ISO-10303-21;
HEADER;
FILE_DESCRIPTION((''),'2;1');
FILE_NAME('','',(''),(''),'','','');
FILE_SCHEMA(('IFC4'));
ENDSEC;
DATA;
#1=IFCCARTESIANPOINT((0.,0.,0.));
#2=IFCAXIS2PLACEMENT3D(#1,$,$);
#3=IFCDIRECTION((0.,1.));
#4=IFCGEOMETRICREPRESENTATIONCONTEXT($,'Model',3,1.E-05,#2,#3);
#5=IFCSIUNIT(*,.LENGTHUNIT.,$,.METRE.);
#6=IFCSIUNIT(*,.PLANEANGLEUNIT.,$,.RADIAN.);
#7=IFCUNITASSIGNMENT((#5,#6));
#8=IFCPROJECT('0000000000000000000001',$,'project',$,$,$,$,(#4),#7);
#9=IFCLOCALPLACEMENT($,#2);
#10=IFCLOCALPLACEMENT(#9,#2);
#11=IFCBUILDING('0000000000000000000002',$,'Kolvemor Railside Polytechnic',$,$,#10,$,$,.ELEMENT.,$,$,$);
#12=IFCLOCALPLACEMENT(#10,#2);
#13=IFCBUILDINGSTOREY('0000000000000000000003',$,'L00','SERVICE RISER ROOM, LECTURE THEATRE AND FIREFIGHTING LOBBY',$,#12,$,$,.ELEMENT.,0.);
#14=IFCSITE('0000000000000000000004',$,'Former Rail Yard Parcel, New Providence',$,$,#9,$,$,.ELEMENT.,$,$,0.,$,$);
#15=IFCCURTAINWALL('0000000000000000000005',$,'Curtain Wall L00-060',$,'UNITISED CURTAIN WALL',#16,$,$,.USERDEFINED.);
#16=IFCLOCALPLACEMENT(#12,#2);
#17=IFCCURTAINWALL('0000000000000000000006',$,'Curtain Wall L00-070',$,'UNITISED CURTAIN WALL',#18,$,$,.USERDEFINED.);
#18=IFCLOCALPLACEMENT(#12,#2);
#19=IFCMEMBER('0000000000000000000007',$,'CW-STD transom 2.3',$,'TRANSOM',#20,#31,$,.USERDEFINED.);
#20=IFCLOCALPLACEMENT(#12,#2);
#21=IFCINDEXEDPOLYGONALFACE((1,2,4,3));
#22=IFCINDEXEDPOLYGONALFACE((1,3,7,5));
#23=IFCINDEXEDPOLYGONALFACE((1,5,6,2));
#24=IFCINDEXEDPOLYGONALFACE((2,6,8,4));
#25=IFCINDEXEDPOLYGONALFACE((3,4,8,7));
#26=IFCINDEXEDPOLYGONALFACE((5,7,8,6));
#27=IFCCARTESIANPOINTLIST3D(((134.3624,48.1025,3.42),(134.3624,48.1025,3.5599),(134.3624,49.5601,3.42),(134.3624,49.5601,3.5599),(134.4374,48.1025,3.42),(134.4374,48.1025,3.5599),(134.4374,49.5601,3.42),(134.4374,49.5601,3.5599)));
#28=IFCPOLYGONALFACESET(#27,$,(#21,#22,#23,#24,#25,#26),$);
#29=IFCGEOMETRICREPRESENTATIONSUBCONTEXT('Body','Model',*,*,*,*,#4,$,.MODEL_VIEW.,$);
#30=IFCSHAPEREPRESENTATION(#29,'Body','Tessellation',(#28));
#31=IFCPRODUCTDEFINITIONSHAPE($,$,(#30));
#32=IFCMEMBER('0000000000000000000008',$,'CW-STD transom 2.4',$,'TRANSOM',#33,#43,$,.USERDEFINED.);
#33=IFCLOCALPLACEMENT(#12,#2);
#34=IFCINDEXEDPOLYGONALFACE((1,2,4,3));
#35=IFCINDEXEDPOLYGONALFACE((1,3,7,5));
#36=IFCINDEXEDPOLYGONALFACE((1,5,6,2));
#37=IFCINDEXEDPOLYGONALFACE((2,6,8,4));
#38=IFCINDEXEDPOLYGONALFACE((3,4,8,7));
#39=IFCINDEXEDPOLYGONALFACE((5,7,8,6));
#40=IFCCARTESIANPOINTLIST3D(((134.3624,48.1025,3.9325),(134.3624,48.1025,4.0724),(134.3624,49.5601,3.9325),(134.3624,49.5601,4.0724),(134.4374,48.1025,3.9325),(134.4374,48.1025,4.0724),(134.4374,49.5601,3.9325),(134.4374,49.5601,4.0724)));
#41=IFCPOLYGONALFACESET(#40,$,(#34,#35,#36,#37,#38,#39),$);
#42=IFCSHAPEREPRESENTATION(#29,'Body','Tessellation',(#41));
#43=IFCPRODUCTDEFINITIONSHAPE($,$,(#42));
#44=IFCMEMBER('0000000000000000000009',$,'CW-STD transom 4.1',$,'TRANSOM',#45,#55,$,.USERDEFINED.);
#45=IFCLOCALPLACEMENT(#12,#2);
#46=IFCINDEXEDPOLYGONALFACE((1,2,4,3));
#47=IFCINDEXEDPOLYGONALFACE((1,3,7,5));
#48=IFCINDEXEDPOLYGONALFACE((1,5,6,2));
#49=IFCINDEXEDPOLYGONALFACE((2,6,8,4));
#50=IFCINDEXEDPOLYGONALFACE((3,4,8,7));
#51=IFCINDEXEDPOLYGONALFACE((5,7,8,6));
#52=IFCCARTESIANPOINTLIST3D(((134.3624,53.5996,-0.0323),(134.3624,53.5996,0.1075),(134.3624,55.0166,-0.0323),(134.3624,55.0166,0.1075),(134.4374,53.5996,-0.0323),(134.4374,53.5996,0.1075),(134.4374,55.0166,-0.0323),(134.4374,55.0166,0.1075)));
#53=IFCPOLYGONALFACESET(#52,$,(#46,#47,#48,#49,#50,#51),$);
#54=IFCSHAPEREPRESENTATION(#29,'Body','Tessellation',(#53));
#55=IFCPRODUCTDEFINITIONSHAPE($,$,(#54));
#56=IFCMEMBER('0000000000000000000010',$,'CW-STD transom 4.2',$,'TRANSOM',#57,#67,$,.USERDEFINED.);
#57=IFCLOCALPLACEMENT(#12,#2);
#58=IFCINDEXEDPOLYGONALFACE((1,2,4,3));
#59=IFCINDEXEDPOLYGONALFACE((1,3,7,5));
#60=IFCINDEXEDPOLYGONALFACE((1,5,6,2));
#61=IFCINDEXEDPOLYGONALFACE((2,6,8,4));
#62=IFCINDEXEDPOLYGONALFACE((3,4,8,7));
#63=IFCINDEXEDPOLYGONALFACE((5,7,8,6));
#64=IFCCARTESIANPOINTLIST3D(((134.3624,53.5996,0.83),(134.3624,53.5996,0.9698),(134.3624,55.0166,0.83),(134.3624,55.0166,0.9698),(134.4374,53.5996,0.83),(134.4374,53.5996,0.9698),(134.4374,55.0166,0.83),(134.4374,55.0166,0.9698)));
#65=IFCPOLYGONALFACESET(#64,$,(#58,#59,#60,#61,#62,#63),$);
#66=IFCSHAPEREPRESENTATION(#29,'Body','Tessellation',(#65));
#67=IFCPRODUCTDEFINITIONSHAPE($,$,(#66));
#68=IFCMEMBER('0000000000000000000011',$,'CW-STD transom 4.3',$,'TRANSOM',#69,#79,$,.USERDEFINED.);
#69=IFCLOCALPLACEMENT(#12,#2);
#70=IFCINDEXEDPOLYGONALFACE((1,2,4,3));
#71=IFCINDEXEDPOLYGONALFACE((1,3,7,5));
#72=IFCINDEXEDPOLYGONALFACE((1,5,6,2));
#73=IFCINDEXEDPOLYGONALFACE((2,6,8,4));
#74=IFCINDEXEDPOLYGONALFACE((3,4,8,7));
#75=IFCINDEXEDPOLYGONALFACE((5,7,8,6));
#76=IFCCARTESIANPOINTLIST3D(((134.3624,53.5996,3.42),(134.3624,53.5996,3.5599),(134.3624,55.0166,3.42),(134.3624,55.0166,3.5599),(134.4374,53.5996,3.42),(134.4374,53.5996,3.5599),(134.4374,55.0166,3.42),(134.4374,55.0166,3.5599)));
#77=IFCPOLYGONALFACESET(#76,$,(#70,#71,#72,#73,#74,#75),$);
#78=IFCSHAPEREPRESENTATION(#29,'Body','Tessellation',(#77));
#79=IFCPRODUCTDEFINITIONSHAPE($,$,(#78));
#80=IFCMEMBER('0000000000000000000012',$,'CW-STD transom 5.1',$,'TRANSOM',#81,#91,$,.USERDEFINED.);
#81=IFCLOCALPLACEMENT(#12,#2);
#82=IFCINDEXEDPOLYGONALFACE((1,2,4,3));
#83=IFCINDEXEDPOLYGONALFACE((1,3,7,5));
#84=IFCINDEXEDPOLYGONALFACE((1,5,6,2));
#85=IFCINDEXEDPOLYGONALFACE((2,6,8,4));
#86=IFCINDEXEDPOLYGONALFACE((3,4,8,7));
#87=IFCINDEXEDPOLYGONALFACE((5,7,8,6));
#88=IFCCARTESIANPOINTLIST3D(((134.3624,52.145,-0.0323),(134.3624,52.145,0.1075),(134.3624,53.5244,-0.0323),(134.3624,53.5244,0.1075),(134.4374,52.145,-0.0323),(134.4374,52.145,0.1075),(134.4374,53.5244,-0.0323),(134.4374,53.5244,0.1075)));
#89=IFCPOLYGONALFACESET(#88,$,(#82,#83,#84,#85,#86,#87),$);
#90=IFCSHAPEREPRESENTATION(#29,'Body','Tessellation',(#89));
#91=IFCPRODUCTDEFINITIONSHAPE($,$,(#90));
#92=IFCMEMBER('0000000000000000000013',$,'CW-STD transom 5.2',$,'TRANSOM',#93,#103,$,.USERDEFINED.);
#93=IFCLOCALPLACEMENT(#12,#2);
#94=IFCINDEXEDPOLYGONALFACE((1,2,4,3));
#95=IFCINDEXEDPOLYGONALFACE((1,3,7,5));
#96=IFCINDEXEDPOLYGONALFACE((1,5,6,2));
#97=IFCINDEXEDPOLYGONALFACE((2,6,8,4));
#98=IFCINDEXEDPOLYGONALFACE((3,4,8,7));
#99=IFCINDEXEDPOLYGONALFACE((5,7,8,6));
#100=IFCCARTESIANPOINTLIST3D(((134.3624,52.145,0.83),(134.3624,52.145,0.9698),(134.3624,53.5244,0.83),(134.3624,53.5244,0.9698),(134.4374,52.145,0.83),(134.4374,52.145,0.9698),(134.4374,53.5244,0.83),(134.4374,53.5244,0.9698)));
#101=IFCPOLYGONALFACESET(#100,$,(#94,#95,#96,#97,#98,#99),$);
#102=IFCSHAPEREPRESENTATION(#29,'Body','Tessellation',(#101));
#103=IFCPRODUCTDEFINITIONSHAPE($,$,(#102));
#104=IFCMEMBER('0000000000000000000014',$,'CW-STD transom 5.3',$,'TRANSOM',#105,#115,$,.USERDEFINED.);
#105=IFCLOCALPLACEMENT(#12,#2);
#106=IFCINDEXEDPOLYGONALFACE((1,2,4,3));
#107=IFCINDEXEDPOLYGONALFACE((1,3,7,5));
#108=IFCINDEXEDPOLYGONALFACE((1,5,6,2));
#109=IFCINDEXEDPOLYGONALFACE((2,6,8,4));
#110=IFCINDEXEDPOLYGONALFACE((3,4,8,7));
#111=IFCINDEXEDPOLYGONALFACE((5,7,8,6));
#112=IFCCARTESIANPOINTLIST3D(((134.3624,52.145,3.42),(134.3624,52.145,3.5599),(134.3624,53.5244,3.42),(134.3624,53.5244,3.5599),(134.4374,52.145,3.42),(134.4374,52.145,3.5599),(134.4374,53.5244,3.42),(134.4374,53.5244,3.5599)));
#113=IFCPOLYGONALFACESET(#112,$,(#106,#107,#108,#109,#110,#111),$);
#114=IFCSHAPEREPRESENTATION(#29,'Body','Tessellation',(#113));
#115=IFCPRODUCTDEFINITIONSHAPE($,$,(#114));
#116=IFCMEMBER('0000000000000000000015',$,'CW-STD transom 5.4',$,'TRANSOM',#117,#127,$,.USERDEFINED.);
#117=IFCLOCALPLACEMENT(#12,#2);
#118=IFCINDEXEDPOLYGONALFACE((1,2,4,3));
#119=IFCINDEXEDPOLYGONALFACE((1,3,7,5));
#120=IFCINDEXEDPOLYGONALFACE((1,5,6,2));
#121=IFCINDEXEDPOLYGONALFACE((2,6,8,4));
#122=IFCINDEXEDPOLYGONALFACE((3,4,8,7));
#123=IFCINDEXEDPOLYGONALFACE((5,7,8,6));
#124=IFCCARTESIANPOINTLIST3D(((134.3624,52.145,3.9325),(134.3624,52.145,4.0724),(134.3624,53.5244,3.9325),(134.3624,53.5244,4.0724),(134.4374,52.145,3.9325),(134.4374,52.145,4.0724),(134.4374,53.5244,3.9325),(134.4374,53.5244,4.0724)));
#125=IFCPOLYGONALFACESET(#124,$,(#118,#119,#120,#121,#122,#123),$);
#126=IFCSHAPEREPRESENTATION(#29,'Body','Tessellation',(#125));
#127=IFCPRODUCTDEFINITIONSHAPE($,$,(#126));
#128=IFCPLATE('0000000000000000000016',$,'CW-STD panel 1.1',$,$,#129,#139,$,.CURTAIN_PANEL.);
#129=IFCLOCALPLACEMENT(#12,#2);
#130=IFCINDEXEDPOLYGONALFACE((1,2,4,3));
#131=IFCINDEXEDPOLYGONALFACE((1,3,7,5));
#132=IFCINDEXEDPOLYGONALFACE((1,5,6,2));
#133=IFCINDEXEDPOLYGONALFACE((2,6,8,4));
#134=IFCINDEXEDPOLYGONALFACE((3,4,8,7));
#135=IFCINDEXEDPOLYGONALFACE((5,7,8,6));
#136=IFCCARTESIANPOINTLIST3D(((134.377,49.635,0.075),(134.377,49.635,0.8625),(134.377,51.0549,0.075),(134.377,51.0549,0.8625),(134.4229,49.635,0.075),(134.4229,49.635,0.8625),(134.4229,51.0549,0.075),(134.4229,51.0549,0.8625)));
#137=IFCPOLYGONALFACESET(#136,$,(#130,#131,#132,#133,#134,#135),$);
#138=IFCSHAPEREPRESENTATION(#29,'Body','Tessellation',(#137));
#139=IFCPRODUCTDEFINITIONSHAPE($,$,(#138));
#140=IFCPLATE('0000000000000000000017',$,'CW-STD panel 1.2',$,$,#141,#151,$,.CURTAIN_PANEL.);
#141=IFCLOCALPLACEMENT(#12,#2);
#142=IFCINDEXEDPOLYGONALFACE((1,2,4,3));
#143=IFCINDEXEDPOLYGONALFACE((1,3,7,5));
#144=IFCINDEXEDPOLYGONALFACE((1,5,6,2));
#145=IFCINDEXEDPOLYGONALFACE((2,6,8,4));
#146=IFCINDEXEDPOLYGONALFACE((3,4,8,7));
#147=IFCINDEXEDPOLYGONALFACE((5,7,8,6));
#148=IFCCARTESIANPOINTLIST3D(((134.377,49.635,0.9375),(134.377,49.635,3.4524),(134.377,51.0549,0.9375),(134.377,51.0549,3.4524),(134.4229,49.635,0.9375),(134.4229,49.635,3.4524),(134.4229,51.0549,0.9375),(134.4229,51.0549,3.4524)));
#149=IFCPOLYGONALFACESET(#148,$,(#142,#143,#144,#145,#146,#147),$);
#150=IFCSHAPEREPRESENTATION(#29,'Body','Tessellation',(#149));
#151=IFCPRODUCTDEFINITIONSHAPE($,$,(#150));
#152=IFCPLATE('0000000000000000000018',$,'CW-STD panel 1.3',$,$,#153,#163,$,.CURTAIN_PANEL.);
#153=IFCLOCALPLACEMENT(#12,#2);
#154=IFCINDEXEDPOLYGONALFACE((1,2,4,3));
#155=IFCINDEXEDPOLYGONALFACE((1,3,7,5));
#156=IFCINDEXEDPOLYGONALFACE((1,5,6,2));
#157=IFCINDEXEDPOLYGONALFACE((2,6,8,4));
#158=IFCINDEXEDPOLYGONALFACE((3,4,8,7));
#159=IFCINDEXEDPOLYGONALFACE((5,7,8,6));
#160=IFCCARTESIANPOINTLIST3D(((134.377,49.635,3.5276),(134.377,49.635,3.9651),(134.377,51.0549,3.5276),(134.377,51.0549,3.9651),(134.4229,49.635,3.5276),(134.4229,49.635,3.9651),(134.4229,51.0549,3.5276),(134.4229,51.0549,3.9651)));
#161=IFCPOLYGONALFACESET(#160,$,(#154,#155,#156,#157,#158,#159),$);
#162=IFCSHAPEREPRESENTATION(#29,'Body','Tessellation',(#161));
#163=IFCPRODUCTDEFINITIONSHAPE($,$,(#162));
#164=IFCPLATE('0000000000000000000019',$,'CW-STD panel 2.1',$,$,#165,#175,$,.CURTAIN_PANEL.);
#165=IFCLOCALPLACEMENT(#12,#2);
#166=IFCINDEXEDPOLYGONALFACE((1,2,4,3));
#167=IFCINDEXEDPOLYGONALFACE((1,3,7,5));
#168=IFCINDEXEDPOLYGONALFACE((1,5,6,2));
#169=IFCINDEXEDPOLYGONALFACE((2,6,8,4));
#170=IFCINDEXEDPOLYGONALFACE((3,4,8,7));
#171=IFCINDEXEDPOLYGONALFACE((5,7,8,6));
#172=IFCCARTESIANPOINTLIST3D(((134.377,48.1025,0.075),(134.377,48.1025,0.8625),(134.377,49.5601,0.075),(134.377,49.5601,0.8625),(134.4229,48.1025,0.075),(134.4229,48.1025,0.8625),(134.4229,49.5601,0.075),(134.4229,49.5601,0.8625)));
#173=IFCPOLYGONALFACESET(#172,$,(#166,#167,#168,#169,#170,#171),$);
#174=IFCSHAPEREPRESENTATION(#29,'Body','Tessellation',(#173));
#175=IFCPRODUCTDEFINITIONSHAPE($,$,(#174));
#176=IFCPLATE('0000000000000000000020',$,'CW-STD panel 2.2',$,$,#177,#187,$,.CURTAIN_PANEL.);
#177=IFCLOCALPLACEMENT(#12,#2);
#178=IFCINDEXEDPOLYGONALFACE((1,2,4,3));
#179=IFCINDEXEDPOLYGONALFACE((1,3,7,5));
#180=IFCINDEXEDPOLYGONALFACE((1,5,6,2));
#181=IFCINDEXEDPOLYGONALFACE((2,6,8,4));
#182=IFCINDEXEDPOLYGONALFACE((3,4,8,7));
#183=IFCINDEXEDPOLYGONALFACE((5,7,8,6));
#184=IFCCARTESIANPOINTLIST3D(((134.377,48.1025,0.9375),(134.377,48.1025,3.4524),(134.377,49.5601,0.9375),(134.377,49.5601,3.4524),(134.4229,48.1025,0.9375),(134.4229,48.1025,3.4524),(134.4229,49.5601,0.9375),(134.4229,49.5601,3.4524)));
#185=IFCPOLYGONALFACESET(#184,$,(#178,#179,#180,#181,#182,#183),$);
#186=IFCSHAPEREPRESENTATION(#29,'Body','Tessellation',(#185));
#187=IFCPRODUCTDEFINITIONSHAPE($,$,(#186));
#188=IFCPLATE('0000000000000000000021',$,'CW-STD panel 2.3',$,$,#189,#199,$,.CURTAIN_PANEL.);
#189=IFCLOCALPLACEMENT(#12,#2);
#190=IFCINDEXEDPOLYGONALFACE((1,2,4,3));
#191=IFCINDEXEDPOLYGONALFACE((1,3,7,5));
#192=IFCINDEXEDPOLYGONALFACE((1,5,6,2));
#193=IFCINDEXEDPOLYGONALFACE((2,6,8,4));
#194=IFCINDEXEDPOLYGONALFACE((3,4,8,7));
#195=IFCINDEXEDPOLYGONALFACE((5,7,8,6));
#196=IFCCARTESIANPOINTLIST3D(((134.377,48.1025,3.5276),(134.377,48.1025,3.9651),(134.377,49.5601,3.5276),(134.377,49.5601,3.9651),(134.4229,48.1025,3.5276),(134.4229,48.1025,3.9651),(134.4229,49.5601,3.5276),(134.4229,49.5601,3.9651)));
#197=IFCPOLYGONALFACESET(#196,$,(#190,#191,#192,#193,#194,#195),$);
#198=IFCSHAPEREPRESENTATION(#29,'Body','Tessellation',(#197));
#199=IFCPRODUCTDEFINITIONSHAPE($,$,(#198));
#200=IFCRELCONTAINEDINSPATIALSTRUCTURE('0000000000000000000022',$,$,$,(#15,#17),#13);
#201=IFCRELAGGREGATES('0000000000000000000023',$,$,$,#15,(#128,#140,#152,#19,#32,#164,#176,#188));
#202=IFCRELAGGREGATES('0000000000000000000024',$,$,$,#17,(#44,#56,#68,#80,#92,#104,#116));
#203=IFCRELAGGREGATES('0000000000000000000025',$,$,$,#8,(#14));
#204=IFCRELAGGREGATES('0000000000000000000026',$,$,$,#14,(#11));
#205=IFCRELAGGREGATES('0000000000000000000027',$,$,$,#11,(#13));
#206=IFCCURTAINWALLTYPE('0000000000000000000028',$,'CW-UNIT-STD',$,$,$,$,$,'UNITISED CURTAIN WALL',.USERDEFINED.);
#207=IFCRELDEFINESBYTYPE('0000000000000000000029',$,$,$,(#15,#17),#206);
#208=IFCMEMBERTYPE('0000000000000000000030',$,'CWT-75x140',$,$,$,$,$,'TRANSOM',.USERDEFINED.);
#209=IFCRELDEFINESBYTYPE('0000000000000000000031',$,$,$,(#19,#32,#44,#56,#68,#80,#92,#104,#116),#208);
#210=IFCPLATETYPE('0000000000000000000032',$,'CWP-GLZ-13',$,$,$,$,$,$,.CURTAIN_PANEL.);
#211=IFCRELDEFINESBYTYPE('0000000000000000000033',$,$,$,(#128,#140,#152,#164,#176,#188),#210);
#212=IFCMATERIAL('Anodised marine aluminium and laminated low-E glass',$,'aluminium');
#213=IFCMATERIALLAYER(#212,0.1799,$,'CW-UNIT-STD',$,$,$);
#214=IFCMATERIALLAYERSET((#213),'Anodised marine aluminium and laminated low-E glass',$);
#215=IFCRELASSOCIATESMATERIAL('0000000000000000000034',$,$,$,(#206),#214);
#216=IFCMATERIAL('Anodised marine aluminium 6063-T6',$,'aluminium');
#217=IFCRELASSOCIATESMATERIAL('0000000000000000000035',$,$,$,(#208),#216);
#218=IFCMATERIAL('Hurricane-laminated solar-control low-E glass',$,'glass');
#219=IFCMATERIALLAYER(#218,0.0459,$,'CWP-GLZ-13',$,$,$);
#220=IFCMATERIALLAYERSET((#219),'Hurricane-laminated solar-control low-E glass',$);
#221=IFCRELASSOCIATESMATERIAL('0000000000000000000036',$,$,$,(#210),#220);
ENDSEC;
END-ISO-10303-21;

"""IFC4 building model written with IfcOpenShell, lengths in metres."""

from ifc_helpers import new_model, si_unit, direction, frame, origin, origin_2d, place, context, subcontext, project, spatial, rectangle, extrude, material, layer, layer_set, material_profile, profile_set, type_object, element, aggregate, save


model = new_model("IFC4")

# Units and contexts
model_context = context("Model", 3, precision=1e-05, world=origin(), true_north=direction((0.0, 1.0)))
body_context = subcontext(model_context, "Body", "Model", "MODEL_VIEW")
ifc_project = project(units=[si_unit("LENGTHUNIT", "METRE"), si_unit("PLANEANGLEUNIT", "RADIAN")], contexts=[model_context])

# Site, building, storey
site_placement = place(None, origin())
site = spatial("IfcSite", under=ifc_project, at=site_placement, Name="Former Rail Yard Parcel, New Providence", CompositionType="ELEMENT", RefElevation=0.0)
building_placement = place(site_placement, origin())
building = spatial("IfcBuilding", under=site, at=building_placement, Name="Kolvemor Railside Polytechnic", CompositionType="ELEMENT")
storey_placement = place(building_placement, origin())
storey = spatial("IfcBuildingStorey", under=building, at=storey_placement, Name="L00", Description="SERVICE RISER ROOM, LECTURE THEATRE AND FIREFIGHTING LOBBY", CompositionType="ELEMENT", Elevation=0.0)

# Curtain walls
ifc_material_1 = material(Name="Anodised marine aluminium and laminated low-E glass", Category="aluminium")
ifc_layer_1 = layer(ifc_material_1, 0.1799, Name="CW-UNIT-STD")
ifc_layer_set_1 = layer_set([ifc_layer_1], Name="Anodised marine aluminium and laminated low-E glass")
curtain_wall_type = type_object("IfcCurtainWallType", Name="CW-UNIT-STD", ElementType="UNITISED CURTAIN WALL", PredefinedType="USERDEFINED", material=ifc_layer_set_1)
curtain_wall_1_placement = place(storey_placement, origin())
curtain_wall_1 = element("IfcCurtainWall", 1, at=curtain_wall_1_placement, inside=storey, type_object=curtain_wall_type, Name="Curtain Wall L00-060", ObjectType="UNITISED CURTAIN WALL", PredefinedType="USERDEFINED")
curtain_wall_2_placement = place(storey_placement, origin())
curtain_wall_2 = element("IfcCurtainWall", 2, at=curtain_wall_2_placement, inside=storey, type_object=curtain_wall_type, Name="Curtain Wall L00-070", ObjectType="UNITISED CURTAIN WALL", PredefinedType="USERDEFINED")

# Members
ifc_material_2 = material(Name="Anodised marine aluminium 6063-T6", Category="aluminium")
ifc_material_profile_1 = material_profile(ifc_material_2, rectangle(XDim=0.075, YDim=0.1399, at=origin_2d()), Name="CW-TRN-75x140")
ifc_profile_set_1 = profile_set([ifc_material_profile_1], Name="Anodised marine aluminium 6063-T6")
member_type_1 = type_object("IfcMemberType", Name="CWT-75x140", ElementType="TRANSOM", PredefinedType="USERDEFINED", material=ifc_profile_set_1)
member_1_placement = place(storey_placement, frame((134.3999, 49.5601, 3.49), z_axis=(0.0, -1.0, 0.0), x_axis=(1.0, 0.0, 0.0)))
member_1 = element("IfcMember", 3, at=member_1_placement, type_object=member_type_1, Name="CW-STD transom 2.3", ObjectType="TRANSOM", PredefinedType="USERDEFINED", context=body_context, shape_type="SweptSolid", body=[
    extrude(rectangle(XDim=0.075, YDim=0.1399, at=origin_2d()), origin(), (0.0, 0.0, 1.0), 1.4575),
])
member_2_placement = place(storey_placement, frame((134.3999, 49.5601, 4.0024), z_axis=(0.0, -1.0, 0.0), x_axis=(1.0, 0.0, 0.0)))
member_2 = element("IfcMember", 4, at=member_2_placement, type_object=member_type_1, Name="CW-STD transom 2.4", ObjectType="TRANSOM", PredefinedType="USERDEFINED", context=body_context, shape_type="SweptSolid", body=[
    extrude(rectangle(XDim=0.075, YDim=0.1399, at=origin_2d()), origin(), (0.0, 0.0, 1.0), 1.4575),
])
member_3_placement = place(storey_placement, frame((134.3999, 55.0166, 0.0376), z_axis=(0.0, -1.0, 0.0), x_axis=(1.0, 0.0, 0.0)))
member_3 = element("IfcMember", 5, at=member_3_placement, type_object=member_type_1, Name="CW-STD transom 4.1", ObjectType="TRANSOM", PredefinedType="USERDEFINED", context=body_context, shape_type="SweptSolid", body=[
    extrude(rectangle(XDim=0.075, YDim=0.1399, at=origin_2d()), origin(), (0.0, 0.0, 1.0), 1.417),
])
member_4_placement = place(storey_placement, frame((134.3999, 55.0166, 0.8999), z_axis=(0.0, -1.0, 0.0), x_axis=(1.0, 0.0, 0.0)))
member_4 = element("IfcMember", 6, at=member_4_placement, type_object=member_type_1, Name="CW-STD transom 4.2", ObjectType="TRANSOM", PredefinedType="USERDEFINED", context=body_context, shape_type="SweptSolid", body=[
    extrude(rectangle(XDim=0.075, YDim=0.1399, at=origin_2d()), origin(), (0.0, 0.0, 1.0), 1.417),
])
member_5_placement = place(storey_placement, frame((134.3999, 55.0166, 3.49), z_axis=(0.0, -1.0, 0.0), x_axis=(1.0, 0.0, 0.0)))
member_5 = element("IfcMember", 7, at=member_5_placement, type_object=member_type_1, Name="CW-STD transom 4.3", ObjectType="TRANSOM", PredefinedType="USERDEFINED", context=body_context, shape_type="SweptSolid", body=[
    extrude(rectangle(XDim=0.075, YDim=0.1399, at=origin_2d()), origin(), (0.0, 0.0, 1.0), 1.417),
])
member_6_placement = place(storey_placement, frame((134.3999, 53.5244, 0.0376), z_axis=(0.0, -1.0, 0.0), x_axis=(1.0, 0.0, 0.0)))
member_6 = element("IfcMember", 8, at=member_6_placement, type_object=member_type_1, Name="CW-STD transom 5.1", ObjectType="TRANSOM", PredefinedType="USERDEFINED", context=body_context, shape_type="SweptSolid", body=[
    extrude(rectangle(XDim=0.075, YDim=0.1399, at=origin_2d()), origin(), (0.0, 0.0, 1.0), 1.3794),
])
member_7_placement = place(storey_placement, frame((134.3999, 53.5244, 0.8999), z_axis=(0.0, -1.0, 0.0), x_axis=(1.0, 0.0, 0.0)))
member_7 = element("IfcMember", 9, at=member_7_placement, type_object=member_type_1, Name="CW-STD transom 5.2", ObjectType="TRANSOM", PredefinedType="USERDEFINED", context=body_context, shape_type="SweptSolid", body=[
    extrude(rectangle(XDim=0.075, YDim=0.1399, at=origin_2d()), origin(), (0.0, 0.0, 1.0), 1.3794),
])
member_8_placement = place(storey_placement, frame((134.3999, 53.5244, 3.49), z_axis=(0.0, -1.0, 0.0), x_axis=(1.0, 0.0, 0.0)))
member_8 = element("IfcMember", 10, at=member_8_placement, type_object=member_type_1, Name="CW-STD transom 5.3", ObjectType="TRANSOM", PredefinedType="USERDEFINED", context=body_context, shape_type="SweptSolid", body=[
    extrude(rectangle(XDim=0.075, YDim=0.1399, at=origin_2d()), origin(), (0.0, 0.0, 1.0), 1.3794),
])
member_9_placement = place(storey_placement, frame((134.3999, 53.5244, 4.0024), z_axis=(0.0, -1.0, 0.0), x_axis=(1.0, 0.0, 0.0)))
member_9 = element("IfcMember", 11, at=member_9_placement, type_object=member_type_1, Name="CW-STD transom 5.4", ObjectType="TRANSOM", PredefinedType="USERDEFINED", context=body_context, shape_type="SweptSolid", body=[
    extrude(rectangle(XDim=0.075, YDim=0.1399, at=origin_2d()), origin(), (0.0, 0.0, 1.0), 1.3794),
])

# Plates
ifc_material_3 = material(Name="Hurricane-laminated solar-control low-E glass", Category="glass")
ifc_layer_2 = layer(ifc_material_3, 0.0459, Name="CWP-GLZ-13")
ifc_layer_set_2 = layer_set([ifc_layer_2], Name="Hurricane-laminated solar-control low-E glass")
plate_type_1 = type_object("IfcPlateType", Name="CWP-GLZ-13", PredefinedType="CURTAIN_PANEL", material=ifc_layer_set_2)
plate_1_placement = place(storey_placement, frame((134.3999, 50.345, 0.075), z_axis=(0.0, 0.0, 1.0), x_axis=(0.0, -1.0, 0.0)))
plate_1 = element("IfcPlate", 12, at=plate_1_placement, type_object=plate_type_1, Name="CW-STD panel 1.1", PredefinedType="CURTAIN_PANEL", context=body_context, shape_type="SweptSolid", body=[
    extrude(rectangle(XDim=1.4199, YDim=0.0459, at=origin_2d()), origin(), (0.0, 0.0, 1.0), 0.7876),
])
plate_2_placement = place(storey_placement, frame((134.3999, 50.345, 0.9375), z_axis=(0.0, 0.0, 1.0), x_axis=(0.0, -1.0, 0.0)))
plate_2 = element("IfcPlate", 13, at=plate_2_placement, type_object=plate_type_1, Name="CW-STD panel 1.2", PredefinedType="CURTAIN_PANEL", context=body_context, shape_type="SweptSolid", body=[
    extrude(rectangle(XDim=1.4199, YDim=0.0459, at=origin_2d()), origin(), (0.0, 0.0, 1.0), 2.5149),
])
plate_3_placement = place(storey_placement, frame((134.3999, 50.345, 3.5276), z_axis=(0.0, 0.0, 1.0), x_axis=(0.0, -1.0, 0.0)))
plate_3 = element("IfcPlate", 14, at=plate_3_placement, type_object=plate_type_1, Name="CW-STD panel 1.3", PredefinedType="CURTAIN_PANEL", context=body_context, shape_type="SweptSolid", body=[
    extrude(rectangle(XDim=1.4199, YDim=0.0459, at=origin_2d()), origin(), (0.0, 0.0, 1.0), 0.4375),
])
plate_4_placement = place(storey_placement, frame((134.3999, 48.8313, 0.075), z_axis=(0.0, 0.0, 1.0), x_axis=(0.0, -1.0, 0.0)))
plate_4 = element("IfcPlate", 15, at=plate_4_placement, type_object=plate_type_1, Name="CW-STD panel 2.1", PredefinedType="CURTAIN_PANEL", context=body_context, shape_type="SweptSolid", body=[
    extrude(rectangle(XDim=1.4575, YDim=0.0459, at=origin_2d()), origin(), (0.0, 0.0, 1.0), 0.7876),
])
plate_5_placement = place(storey_placement, frame((134.3999, 48.8313, 0.9375), z_axis=(0.0, 0.0, 1.0), x_axis=(0.0, -1.0, 0.0)))
plate_5 = element("IfcPlate", 16, at=plate_5_placement, type_object=plate_type_1, Name="CW-STD panel 2.2", PredefinedType="CURTAIN_PANEL", context=body_context, shape_type="SweptSolid", body=[
    extrude(rectangle(XDim=1.4575, YDim=0.0459, at=origin_2d()), origin(), (0.0, 0.0, 1.0), 2.5149),
])
plate_6_placement = place(storey_placement, frame((134.3999, 48.8313, 3.5276), z_axis=(0.0, 0.0, 1.0), x_axis=(0.0, -1.0, 0.0)))
plate_6 = element("IfcPlate", 17, at=plate_6_placement, type_object=plate_type_1, Name="CW-STD panel 2.3", PredefinedType="CURTAIN_PANEL", context=body_context, shape_type="SweptSolid", body=[
    extrude(rectangle(XDim=1.4575, YDim=0.0459, at=origin_2d()), origin(), (0.0, 0.0, 1.0), 0.4375),
])
aggregate(curtain_wall_1, [plate_1, plate_2, plate_3, member_1, member_2, plate_4, plate_5, plate_6])
aggregate(curtain_wall_2, [member_3, member_4, member_5, member_6, member_7, member_8, member_9])

save(model, "model.ifc")
